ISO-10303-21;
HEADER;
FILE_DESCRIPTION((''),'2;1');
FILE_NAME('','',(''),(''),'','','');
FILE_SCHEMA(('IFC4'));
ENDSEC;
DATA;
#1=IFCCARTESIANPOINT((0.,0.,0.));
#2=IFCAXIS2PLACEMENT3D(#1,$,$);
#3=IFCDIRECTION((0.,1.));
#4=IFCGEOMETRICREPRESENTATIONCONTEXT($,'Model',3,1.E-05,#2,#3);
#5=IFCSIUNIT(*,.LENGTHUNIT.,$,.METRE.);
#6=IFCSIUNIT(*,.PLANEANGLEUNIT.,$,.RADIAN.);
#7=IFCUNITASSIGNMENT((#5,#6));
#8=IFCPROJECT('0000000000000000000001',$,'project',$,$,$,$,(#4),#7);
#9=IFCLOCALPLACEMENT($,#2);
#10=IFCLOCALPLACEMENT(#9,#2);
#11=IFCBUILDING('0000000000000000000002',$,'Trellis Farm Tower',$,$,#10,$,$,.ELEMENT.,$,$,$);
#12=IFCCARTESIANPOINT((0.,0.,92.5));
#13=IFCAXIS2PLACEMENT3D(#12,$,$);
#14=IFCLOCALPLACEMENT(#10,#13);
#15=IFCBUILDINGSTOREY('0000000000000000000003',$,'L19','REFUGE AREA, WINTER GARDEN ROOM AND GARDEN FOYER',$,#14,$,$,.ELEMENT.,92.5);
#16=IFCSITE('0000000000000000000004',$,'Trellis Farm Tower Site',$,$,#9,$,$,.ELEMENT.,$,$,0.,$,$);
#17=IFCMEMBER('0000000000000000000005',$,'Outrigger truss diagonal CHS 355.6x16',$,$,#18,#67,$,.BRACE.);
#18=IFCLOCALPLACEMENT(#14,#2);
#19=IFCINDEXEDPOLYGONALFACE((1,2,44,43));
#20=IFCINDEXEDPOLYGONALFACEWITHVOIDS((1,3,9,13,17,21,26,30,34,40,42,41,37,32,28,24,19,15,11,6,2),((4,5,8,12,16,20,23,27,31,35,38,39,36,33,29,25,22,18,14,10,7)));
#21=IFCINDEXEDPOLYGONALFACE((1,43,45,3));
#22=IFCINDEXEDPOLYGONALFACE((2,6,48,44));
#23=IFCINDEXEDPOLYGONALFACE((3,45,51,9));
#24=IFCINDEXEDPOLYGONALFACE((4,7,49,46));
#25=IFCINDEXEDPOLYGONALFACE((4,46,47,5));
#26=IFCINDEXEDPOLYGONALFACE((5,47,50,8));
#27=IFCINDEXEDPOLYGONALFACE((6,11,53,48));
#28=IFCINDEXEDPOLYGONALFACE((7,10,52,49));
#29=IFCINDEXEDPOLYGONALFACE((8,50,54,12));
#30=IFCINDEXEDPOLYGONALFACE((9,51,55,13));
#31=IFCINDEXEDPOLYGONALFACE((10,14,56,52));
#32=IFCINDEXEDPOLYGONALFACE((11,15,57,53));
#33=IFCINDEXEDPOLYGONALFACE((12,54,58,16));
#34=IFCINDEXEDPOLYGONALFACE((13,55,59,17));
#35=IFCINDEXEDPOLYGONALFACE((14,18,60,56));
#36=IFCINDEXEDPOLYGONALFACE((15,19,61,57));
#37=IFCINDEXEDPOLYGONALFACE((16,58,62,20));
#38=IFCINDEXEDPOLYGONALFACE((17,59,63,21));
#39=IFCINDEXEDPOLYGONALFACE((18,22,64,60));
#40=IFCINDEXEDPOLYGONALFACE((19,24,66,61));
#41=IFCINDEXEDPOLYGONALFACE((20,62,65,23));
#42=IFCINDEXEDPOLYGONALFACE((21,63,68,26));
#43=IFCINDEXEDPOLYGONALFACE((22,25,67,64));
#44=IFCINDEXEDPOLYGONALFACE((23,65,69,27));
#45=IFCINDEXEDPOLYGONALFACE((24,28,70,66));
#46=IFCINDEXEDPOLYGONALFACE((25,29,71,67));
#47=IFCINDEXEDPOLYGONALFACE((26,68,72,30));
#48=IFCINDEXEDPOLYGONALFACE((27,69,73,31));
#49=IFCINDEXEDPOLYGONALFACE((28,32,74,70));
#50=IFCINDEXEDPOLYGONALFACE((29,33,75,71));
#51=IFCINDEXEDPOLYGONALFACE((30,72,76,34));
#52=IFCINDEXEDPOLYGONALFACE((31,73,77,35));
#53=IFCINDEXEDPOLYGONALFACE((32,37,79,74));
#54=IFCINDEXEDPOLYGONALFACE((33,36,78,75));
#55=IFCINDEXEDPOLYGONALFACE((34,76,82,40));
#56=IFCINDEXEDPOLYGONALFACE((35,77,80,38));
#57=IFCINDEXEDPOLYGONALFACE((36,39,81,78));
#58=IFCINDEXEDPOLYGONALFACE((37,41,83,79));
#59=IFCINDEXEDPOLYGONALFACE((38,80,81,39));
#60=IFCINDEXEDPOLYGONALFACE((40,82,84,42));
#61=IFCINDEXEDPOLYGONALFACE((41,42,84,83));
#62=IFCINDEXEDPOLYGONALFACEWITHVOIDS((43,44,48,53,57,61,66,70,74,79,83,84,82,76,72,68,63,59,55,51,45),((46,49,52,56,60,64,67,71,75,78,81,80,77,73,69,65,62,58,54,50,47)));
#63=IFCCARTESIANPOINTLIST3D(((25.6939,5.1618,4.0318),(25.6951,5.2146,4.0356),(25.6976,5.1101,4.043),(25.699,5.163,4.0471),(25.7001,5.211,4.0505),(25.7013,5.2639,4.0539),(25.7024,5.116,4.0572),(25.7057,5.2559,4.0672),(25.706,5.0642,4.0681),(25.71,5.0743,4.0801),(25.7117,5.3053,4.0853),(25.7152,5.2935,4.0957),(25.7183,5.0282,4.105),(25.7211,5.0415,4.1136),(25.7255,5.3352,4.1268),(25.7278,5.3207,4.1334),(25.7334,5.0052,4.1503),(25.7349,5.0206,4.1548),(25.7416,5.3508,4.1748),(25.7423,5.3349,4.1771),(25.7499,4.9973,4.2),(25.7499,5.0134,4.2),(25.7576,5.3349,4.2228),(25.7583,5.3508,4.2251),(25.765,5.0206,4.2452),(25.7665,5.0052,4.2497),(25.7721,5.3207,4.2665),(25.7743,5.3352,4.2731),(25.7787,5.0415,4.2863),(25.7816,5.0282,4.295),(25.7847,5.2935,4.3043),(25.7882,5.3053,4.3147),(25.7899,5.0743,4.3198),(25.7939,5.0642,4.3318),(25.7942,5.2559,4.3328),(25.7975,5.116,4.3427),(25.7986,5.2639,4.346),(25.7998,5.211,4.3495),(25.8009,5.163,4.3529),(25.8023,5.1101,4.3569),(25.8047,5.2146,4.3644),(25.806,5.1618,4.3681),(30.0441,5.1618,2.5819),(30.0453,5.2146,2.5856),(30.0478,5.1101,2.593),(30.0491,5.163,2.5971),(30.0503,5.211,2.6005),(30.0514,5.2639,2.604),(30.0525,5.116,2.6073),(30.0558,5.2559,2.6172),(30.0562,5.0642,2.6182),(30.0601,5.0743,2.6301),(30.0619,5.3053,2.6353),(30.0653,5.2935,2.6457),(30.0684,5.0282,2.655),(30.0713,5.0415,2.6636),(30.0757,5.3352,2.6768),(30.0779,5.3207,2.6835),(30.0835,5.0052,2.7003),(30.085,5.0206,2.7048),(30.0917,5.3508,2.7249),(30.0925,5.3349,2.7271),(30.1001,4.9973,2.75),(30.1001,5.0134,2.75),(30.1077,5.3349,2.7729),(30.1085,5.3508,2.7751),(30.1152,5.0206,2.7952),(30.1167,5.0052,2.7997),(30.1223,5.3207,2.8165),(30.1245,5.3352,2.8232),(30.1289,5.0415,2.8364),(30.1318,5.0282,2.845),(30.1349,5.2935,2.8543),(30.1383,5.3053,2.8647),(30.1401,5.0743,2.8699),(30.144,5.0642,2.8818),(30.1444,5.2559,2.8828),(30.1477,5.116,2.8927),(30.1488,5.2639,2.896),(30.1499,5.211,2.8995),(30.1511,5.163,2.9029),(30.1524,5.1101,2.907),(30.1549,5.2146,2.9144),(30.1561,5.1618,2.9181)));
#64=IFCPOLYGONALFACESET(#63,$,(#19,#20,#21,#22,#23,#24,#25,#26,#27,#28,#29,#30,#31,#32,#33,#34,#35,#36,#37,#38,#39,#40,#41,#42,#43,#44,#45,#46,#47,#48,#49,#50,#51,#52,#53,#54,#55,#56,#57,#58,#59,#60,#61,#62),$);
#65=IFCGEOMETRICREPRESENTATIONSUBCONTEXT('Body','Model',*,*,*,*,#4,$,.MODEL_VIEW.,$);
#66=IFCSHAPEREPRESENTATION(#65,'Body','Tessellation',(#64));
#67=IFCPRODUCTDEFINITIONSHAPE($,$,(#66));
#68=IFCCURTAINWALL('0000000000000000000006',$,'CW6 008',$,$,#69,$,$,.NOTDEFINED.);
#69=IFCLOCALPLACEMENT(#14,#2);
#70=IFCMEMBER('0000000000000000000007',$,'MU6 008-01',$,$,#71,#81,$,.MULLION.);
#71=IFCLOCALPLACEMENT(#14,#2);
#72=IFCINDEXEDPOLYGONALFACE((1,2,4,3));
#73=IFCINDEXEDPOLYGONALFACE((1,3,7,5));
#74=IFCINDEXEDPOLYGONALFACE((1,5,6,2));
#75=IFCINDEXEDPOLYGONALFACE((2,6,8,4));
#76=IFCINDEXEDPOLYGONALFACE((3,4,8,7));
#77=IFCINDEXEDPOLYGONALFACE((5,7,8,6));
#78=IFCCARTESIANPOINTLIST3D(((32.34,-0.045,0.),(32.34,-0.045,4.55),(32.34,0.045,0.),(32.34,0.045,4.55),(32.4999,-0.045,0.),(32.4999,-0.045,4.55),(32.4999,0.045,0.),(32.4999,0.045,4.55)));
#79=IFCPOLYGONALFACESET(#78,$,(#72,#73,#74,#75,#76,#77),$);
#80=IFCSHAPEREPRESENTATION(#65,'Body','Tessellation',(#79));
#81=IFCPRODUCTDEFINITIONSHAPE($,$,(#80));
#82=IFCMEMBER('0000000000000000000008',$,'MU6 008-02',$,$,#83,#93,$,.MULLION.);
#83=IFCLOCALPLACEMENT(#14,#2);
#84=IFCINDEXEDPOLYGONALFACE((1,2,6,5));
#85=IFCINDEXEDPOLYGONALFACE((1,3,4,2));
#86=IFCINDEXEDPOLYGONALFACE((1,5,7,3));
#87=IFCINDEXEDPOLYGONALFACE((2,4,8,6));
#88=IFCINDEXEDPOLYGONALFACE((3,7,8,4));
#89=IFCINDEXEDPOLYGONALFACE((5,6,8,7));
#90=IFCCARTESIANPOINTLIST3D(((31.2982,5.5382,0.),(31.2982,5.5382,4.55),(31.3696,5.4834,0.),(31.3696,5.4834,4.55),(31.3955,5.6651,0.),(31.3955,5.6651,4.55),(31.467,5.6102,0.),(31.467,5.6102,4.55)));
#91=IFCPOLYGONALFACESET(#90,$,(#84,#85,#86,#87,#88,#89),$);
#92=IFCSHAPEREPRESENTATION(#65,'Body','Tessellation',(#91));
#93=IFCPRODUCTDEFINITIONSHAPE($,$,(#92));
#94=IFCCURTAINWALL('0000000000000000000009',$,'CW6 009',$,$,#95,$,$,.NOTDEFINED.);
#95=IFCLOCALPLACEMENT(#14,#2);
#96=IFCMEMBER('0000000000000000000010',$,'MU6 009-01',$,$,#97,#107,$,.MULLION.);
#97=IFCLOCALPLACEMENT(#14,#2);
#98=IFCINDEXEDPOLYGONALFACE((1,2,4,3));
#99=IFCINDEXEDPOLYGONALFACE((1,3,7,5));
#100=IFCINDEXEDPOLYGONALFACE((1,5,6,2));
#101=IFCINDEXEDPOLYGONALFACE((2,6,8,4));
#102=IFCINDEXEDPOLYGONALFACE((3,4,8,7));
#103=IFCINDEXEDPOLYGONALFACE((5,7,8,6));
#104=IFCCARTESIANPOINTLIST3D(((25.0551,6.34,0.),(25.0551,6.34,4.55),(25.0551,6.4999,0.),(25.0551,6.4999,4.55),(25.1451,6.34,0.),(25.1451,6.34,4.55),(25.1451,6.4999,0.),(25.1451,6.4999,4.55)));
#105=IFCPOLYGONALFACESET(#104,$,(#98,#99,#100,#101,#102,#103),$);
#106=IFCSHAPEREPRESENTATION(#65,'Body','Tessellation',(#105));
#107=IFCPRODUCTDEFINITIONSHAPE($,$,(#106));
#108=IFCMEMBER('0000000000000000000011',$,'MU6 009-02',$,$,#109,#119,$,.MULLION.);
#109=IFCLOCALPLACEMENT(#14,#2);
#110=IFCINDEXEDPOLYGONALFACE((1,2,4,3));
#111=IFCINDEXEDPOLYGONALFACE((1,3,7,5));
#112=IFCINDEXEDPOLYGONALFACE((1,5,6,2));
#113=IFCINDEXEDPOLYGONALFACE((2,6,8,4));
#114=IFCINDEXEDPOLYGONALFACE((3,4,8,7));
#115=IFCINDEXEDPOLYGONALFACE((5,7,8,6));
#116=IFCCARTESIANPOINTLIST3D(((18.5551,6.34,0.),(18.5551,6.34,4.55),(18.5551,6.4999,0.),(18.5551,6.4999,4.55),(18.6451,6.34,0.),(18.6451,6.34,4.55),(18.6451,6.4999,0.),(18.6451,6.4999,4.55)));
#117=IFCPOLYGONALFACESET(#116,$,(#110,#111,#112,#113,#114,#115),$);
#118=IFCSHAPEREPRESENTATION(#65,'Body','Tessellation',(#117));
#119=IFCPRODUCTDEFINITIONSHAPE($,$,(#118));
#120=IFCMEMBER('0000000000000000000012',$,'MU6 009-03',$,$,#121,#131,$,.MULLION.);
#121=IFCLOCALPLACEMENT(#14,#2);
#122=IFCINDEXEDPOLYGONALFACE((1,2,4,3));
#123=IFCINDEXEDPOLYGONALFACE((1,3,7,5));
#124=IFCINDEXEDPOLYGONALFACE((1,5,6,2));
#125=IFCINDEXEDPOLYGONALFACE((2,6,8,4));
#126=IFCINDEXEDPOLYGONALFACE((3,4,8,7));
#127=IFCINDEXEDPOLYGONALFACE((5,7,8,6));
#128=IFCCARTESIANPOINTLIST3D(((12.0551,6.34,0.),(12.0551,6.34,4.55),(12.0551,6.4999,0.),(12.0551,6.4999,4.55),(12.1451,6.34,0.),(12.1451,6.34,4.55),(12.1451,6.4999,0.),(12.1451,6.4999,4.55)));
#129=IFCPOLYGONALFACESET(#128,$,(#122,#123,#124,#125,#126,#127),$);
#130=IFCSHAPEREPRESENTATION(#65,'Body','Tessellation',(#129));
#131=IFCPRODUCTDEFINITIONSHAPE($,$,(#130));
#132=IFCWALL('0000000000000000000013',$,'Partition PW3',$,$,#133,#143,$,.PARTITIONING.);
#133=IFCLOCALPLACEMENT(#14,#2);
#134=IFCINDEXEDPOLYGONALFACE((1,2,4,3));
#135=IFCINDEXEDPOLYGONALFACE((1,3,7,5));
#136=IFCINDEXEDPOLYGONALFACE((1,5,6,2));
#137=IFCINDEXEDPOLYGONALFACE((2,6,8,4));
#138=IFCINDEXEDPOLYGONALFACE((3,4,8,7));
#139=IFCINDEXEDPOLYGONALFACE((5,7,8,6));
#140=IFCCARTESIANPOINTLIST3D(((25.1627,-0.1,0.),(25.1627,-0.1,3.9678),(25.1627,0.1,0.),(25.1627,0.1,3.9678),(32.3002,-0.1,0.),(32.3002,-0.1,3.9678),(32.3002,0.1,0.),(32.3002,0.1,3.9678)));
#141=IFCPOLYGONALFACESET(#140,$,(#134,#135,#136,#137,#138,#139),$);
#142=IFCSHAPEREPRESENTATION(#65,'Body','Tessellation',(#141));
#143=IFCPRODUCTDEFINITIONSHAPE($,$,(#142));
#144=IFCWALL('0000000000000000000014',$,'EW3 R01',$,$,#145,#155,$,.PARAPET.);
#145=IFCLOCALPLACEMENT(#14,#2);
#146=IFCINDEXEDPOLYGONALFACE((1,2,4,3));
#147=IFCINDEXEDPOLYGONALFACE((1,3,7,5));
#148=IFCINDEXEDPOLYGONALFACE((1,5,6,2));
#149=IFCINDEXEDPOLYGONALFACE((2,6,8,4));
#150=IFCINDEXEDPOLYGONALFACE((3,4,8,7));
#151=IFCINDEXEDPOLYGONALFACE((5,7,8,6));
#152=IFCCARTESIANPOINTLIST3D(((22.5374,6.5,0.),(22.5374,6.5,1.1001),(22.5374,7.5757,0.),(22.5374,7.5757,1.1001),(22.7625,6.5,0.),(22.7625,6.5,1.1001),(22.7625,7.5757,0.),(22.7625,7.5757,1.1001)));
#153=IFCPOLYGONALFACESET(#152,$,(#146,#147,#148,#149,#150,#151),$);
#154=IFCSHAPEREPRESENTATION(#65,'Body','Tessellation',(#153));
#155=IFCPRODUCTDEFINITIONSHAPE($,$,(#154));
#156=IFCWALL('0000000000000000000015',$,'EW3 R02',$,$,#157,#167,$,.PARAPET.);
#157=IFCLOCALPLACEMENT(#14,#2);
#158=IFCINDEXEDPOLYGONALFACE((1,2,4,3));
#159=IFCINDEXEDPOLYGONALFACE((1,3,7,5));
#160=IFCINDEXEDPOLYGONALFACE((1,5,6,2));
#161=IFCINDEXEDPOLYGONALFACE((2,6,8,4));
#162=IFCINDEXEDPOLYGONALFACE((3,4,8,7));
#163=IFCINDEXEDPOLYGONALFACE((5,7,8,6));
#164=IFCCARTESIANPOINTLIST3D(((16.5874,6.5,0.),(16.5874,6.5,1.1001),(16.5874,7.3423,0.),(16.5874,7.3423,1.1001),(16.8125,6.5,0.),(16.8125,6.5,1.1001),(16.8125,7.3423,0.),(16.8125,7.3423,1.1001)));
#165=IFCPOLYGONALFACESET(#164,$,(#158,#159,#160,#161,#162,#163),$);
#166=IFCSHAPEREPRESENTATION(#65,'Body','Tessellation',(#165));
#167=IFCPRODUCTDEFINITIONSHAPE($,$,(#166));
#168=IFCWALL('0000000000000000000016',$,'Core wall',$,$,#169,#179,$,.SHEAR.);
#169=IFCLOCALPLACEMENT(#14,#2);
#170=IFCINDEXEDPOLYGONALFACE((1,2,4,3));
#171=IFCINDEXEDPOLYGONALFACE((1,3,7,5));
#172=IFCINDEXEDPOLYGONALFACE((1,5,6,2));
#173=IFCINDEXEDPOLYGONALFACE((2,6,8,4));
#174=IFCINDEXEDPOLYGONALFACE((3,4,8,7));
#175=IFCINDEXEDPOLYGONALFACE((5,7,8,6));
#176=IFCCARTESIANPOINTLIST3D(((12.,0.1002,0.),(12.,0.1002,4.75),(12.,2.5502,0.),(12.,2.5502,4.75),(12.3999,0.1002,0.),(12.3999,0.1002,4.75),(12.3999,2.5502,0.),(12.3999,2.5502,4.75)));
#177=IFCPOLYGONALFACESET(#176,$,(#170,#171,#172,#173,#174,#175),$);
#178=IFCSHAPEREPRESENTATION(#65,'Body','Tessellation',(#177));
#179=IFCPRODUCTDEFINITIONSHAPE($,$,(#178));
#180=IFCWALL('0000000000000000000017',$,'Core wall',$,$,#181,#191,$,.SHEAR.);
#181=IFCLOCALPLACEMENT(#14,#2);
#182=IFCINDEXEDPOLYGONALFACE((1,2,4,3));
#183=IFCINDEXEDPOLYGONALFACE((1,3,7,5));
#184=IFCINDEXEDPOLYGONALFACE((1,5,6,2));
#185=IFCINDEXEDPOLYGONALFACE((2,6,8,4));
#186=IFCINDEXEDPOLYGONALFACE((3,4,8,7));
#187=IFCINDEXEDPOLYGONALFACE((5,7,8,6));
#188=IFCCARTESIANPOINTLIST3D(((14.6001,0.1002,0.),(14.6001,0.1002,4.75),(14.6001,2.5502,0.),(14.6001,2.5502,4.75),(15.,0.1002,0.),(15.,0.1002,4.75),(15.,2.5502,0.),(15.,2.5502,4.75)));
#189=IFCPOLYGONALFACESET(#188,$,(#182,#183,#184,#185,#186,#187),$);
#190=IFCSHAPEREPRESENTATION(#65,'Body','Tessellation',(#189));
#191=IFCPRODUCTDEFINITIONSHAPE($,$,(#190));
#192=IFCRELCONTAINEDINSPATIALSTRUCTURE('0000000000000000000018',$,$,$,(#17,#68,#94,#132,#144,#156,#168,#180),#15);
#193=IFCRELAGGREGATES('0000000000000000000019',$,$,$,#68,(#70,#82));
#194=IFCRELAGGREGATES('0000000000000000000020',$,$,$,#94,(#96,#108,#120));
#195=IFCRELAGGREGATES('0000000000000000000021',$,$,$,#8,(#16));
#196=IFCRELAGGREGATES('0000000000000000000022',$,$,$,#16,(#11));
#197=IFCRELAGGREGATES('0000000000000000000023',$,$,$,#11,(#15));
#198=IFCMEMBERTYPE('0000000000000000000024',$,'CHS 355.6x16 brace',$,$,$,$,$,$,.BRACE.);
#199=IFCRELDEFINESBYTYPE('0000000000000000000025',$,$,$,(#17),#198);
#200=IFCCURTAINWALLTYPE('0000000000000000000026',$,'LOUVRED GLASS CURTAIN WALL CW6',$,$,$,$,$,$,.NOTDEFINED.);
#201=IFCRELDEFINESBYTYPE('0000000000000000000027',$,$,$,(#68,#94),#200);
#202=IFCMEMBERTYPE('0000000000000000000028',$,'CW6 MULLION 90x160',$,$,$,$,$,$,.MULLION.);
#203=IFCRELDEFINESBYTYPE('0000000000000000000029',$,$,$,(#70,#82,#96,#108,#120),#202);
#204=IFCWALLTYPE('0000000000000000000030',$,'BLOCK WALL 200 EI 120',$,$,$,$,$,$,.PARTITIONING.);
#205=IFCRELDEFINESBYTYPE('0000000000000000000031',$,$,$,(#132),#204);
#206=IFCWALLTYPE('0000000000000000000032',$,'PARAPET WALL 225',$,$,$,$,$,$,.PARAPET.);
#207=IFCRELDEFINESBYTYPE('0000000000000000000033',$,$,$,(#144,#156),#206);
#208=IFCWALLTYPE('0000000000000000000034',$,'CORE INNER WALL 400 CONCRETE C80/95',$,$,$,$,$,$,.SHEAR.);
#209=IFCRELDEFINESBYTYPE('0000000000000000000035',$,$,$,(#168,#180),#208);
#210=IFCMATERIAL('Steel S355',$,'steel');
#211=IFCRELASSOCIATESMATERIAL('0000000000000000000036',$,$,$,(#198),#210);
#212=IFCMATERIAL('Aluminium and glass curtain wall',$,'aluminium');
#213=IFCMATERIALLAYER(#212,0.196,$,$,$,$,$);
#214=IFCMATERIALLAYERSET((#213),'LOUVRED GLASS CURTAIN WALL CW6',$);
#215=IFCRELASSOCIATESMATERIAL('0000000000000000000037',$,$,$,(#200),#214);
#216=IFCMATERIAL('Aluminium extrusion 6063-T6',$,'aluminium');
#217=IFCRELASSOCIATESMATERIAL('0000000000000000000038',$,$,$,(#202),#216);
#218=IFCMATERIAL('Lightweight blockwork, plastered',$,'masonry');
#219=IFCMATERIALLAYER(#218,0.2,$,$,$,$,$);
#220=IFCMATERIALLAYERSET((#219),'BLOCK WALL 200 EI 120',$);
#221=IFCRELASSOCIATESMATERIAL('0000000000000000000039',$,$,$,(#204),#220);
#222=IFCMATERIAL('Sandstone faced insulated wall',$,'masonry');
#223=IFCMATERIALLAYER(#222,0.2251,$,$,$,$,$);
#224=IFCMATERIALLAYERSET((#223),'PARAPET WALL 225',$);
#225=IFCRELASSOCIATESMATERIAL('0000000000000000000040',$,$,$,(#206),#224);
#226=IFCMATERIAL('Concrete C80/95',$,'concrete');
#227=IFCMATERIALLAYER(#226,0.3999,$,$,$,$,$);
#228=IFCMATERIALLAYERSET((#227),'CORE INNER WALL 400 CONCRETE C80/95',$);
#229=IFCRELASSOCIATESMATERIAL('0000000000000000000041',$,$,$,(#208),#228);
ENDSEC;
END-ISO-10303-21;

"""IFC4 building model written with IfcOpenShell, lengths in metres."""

from ifc_helpers import new_model, si_unit, direction, frame, frame_2d, origin, origin_2d, place, context, subcontext, project, spatial, rectangle, hollow_circle, extrude, source, transform, mapped, material, layer, layer_set, material_profile, profile_set, type_object, element, aggregate, save


model = new_model("IFC4")

# Units and contexts
model_context = context("Model", 3, precision=1e-05, world=origin(), true_north=direction((0.0, 1.0)))
body_context = subcontext(model_context, "Body", "Model", "MODEL_VIEW")
ifc_project = project(units=[si_unit("LENGTHUNIT", "METRE"), si_unit("PLANEANGLEUNIT", "RADIAN")], contexts=[model_context])

# Site, building, storey
site_placement = place(None, origin())
site = spatial("IfcSite", under=ifc_project, at=site_placement, Name="Trellis Farm Tower Site", CompositionType="ELEMENT", RefElevation=0.0)
building_placement = place(site_placement, origin())
building = spatial("IfcBuilding", under=site, at=building_placement, Name="Trellis Farm Tower", CompositionType="ELEMENT")
storey_placement = place(building_placement, frame((0.0, 0.0, 92.5)))
storey = spatial("IfcBuildingStorey", under=building, at=storey_placement, Name="L19", Description="REFUGE AREA, WINTER GARDEN ROOM AND GARDEN FOYER", CompositionType="ELEMENT", Elevation=92.5)

# Shared definitions
ifc_material_1 = material(Name="Concrete C80/95", Category="concrete")

# Shared definitions
ifc_material_2 = material(Name="Steel S355", Category="steel")

# Member
ifc_material_profile_1 = material_profile(ifc_material_2, hollow_circle(Radius=0.1777, WallThickness=0.0161, at=origin_2d()), Name="CHS 355.6x16")
ifc_profile_set_1 = profile_set([ifc_material_profile_1], Name="Steel S355")
member_type_1 = type_object("IfcMemberType", Name="CHS 355.6x16 brace", PredefinedType="BRACE", material=ifc_profile_set_1)
shared_shape_1 = source(origin(), body_context, "Body", "SweptSolid", [
    extrude(hollow_circle(Radius=0.1777, WallThickness=0.0161, at=origin_2d()), origin(), (0.0, 0.0, 1.0), 4.5854),
])
member_1_placement = place(storey_placement, frame((30.1001, 5.175, 2.75), z_axis=(-0.948689, 0.0, 0.316212), x_axis=(0.0, -1.0, 0.0)))
element("IfcMember", 1, at=member_1_placement, inside=storey, type_object=member_type_1, Name="Outrigger truss diagonal CHS 355.6x16", PredefinedType="BRACE", context=body_context, shape_type="MappedRepresentation", body=[
    mapped(shared_shape_1, transform((0.0, 0.0, 0.0))),
])

# Curtain walls, members
ifc_material_3 = material(Name="Aluminium and glass curtain wall", Category="aluminium")
ifc_layer_1 = layer(ifc_material_3, 0.196)
ifc_layer_set_1 = layer_set([ifc_layer_1], Name="LOUVRED GLASS CURTAIN WALL CW6")
curtain_wall_type = type_object("IfcCurtainWallType", Name="LOUVRED GLASS CURTAIN WALL CW6", PredefinedType="NOTDEFINED", material=ifc_layer_set_1)
placement = place(storey_placement, origin())
curtain_wall_1 = element("IfcCurtainWall", 2, at=placement, inside=storey, type_object=curtain_wall_type, Name="CW6 008", PredefinedType="NOTDEFINED")
ifc_material_4 = material(Name="Aluminium extrusion 6063-T6", Category="aluminium")
ifc_material_profile_2 = material_profile(ifc_material_4, rectangle(XDim=0.0901, YDim=0.1599, at=origin_2d()), Name="MULLION 90x160")
ifc_profile_set_2 = profile_set([ifc_material_profile_2], Name="Aluminium extrusion 6063-T6")
member_type_2 = type_object("IfcMemberType", Name="CW6 MULLION 90x160", PredefinedType="MULLION", material=ifc_profile_set_2)
shared_shape_2 = source(origin(), body_context, "Body", "SweptSolid", [
    extrude(rectangle(XDim=0.0901, YDim=0.1599, at=origin_2d()), origin(), (0.0, 0.0, 1.0), 4.55),
])
member_2_placement = place(storey_placement, frame((32.4199, 0.0, 0.0), z_axis=(0.0, 0.0, 1.0), x_axis=(0.0, 1.0, 0.0)))
member_2 = element("IfcMember", 3, at=member_2_placement, type_object=member_type_2, Name="MU6 008-01", PredefinedType="MULLION", context=body_context, shape_type="MappedRepresentation", body=[
    mapped(shared_shape_2, transform((0.0, 0.0, 0.0))),
])
member_3_placement = place(storey_placement, frame((31.3826, 5.5742, 0.0), z_axis=(0.0, 0.0, 1.0), x_axis=(-0.793353, 0.608761, 0.0)))
member_3 = element("IfcMember", 4, at=member_3_placement, type_object=member_type_2, Name="MU6 008-02", PredefinedType="MULLION", context=body_context, shape_type="MappedRepresentation", body=[
    mapped(shared_shape_2, transform((0.0, 0.0, 0.0))),
])
aggregate(curtain_wall_1, [member_2, member_3])
curtain_wall_2 = element("IfcCurtainWall", 5, at=placement, inside=storey, type_object=curtain_wall_type, Name="CW6 009", PredefinedType="NOTDEFINED")
member_4_placement = place(storey_placement, frame((25.1001, 6.4199, 0.0), z_axis=(0.0, 0.0, 1.0), x_axis=(-1.0, 0.0, 0.0)))
member_4 = element("IfcMember", 6, at=member_4_placement, type_object=member_type_2, Name="MU6 009-01", PredefinedType="MULLION", context=body_context, shape_type="MappedRepresentation", body=[
    mapped(shared_shape_2, transform((0.0, 0.0, 0.0))),
])
member_5_placement = place(storey_placement, frame((18.6001, 6.4199, 0.0), z_axis=(0.0, 0.0, 1.0), x_axis=(-1.0, 0.0, 0.0)))
member_5 = element("IfcMember", 7, at=member_5_placement, type_object=member_type_2, Name="MU6 009-02", PredefinedType="MULLION", context=body_context, shape_type="MappedRepresentation", body=[
    mapped(shared_shape_2, transform((0.0, 0.0, 0.0))),
])
member_6_placement = place(storey_placement, frame((12.1001, 6.4199, 0.0), z_axis=(0.0, 0.0, 1.0), x_axis=(-1.0, 0.0, 0.0)))
member_6 = element("IfcMember", 8, at=member_6_placement, type_object=member_type_2, Name="MU6 009-03", PredefinedType="MULLION", context=body_context, shape_type="MappedRepresentation", body=[
    mapped(shared_shape_2, transform((0.0, 0.0, 0.0))),
])
aggregate(curtain_wall_2, [member_4, member_5, member_6])

# Walls
ifc_material_5 = material(Name="Lightweight blockwork, plastered", Category="masonry")
ifc_layer_2 = layer(ifc_material_5, 0.2)
ifc_layer_set_2 = layer_set([ifc_layer_2], Name="BLOCK WALL 200 EI 120")
wall_type_1 = type_object("IfcWallType", Name="BLOCK WALL 200 EI 120", PredefinedType="PARTITIONING", material=ifc_layer_set_2)
wall_1_placement = place(storey_placement, frame((25.1626, 0.0, 0.0), z_axis=(0.0, 0.0, 1.0), x_axis=(1.0, 0.0, 0.0)))
element("IfcWall", 9, at=wall_1_placement, inside=storey, type_object=wall_type_1, Name="Partition PW3", PredefinedType="PARTITIONING", context=body_context, shape_type="SweptSolid", body=[
    extrude(rectangle(XDim=7.1375, YDim=0.2, at=frame_2d((3.5688, 0.0))), origin(), (0.0, 0.0, 1.0), 3.9678),
])
ifc_material_6 = material(Name="Sandstone faced insulated wall", Category="masonry")
ifc_layer_3 = layer(ifc_material_6, 0.2251)
ifc_layer_set_3 = layer_set([ifc_layer_3], Name="PARAPET WALL 225")
wall_type_2 = type_object("IfcWallType", Name="PARAPET WALL 225", PredefinedType="PARAPET", material=ifc_layer_set_3)
wall_2_placement = place(storey_placement, frame((22.6499, 6.5, 0.0), z_axis=(0.0, 0.0, 1.0), x_axis=(0.0, 1.0, 0.0)))
element("IfcWall", 10, at=wall_2_placement, inside=storey, type_object=wall_type_2, Name="EW3 R01", PredefinedType="PARAPET", context=body_context, shape_type="SweptSolid", body=[
    extrude(rectangle(XDim=1.0757, YDim=0.2251, at=frame_2d((0.5378, 0.0))), origin(), (0.0, 0.0, 1.0), 1.1001),
])
wall_3_placement = place(storey_placement, frame((16.7, 6.5, 0.0), z_axis=(0.0, 0.0, 1.0), x_axis=(0.0, 1.0, 0.0)))
element("IfcWall", 11, at=wall_3_placement, inside=storey, type_object=wall_type_2, Name="EW3 R02", PredefinedType="PARAPET", context=body_context, shape_type="SweptSolid", body=[
    extrude(rectangle(XDim=0.8423, YDim=0.2251, at=frame_2d((0.4211, 0.0))), origin(), (0.0, 0.0, 1.0), 1.1001),
])
ifc_layer_4 = layer(ifc_material_1, 0.3999)
ifc_layer_set_4 = layer_set([ifc_layer_4], Name="CORE INNER WALL 400 CONCRETE C80/95")
wall_type_3 = type_object("IfcWallType", Name="CORE INNER WALL 400 CONCRETE C80/95", PredefinedType="SHEAR", material=ifc_layer_set_4)
shared_shape_3 = source(origin(), body_context, "Body", "SweptSolid", [
    extrude(rectangle(XDim=2.45, YDim=0.3999, at=frame_2d((1.2251, 0.0))), origin(), (0.0, 0.0, 1.0), 4.75),
])
for number, where, z_axis, x_axis, name in (
    (12, (12.2, 0.1001, 0.0), (0.0, 0.0, 1.0), (0.0, 1.0, 0.0), "Core wall"),
    (13, (14.8, 0.1001, 0.0), (0.0, 0.0, 1.0), (0.0, 1.0, 0.0), "Core wall"),
):
    element("IfcWall", number, at=place(storey_placement, frame(where, z_axis=z_axis, x_axis=x_axis)), inside=storey, type_object=wall_type_3, Name=name, PredefinedType="SHEAR", context=body_context, shape_type="MappedRepresentation", body=[
        mapped(shared_shape_3, transform((0.0, 0.0, 0.0))),
    ])

save(model, "model.ifc")
